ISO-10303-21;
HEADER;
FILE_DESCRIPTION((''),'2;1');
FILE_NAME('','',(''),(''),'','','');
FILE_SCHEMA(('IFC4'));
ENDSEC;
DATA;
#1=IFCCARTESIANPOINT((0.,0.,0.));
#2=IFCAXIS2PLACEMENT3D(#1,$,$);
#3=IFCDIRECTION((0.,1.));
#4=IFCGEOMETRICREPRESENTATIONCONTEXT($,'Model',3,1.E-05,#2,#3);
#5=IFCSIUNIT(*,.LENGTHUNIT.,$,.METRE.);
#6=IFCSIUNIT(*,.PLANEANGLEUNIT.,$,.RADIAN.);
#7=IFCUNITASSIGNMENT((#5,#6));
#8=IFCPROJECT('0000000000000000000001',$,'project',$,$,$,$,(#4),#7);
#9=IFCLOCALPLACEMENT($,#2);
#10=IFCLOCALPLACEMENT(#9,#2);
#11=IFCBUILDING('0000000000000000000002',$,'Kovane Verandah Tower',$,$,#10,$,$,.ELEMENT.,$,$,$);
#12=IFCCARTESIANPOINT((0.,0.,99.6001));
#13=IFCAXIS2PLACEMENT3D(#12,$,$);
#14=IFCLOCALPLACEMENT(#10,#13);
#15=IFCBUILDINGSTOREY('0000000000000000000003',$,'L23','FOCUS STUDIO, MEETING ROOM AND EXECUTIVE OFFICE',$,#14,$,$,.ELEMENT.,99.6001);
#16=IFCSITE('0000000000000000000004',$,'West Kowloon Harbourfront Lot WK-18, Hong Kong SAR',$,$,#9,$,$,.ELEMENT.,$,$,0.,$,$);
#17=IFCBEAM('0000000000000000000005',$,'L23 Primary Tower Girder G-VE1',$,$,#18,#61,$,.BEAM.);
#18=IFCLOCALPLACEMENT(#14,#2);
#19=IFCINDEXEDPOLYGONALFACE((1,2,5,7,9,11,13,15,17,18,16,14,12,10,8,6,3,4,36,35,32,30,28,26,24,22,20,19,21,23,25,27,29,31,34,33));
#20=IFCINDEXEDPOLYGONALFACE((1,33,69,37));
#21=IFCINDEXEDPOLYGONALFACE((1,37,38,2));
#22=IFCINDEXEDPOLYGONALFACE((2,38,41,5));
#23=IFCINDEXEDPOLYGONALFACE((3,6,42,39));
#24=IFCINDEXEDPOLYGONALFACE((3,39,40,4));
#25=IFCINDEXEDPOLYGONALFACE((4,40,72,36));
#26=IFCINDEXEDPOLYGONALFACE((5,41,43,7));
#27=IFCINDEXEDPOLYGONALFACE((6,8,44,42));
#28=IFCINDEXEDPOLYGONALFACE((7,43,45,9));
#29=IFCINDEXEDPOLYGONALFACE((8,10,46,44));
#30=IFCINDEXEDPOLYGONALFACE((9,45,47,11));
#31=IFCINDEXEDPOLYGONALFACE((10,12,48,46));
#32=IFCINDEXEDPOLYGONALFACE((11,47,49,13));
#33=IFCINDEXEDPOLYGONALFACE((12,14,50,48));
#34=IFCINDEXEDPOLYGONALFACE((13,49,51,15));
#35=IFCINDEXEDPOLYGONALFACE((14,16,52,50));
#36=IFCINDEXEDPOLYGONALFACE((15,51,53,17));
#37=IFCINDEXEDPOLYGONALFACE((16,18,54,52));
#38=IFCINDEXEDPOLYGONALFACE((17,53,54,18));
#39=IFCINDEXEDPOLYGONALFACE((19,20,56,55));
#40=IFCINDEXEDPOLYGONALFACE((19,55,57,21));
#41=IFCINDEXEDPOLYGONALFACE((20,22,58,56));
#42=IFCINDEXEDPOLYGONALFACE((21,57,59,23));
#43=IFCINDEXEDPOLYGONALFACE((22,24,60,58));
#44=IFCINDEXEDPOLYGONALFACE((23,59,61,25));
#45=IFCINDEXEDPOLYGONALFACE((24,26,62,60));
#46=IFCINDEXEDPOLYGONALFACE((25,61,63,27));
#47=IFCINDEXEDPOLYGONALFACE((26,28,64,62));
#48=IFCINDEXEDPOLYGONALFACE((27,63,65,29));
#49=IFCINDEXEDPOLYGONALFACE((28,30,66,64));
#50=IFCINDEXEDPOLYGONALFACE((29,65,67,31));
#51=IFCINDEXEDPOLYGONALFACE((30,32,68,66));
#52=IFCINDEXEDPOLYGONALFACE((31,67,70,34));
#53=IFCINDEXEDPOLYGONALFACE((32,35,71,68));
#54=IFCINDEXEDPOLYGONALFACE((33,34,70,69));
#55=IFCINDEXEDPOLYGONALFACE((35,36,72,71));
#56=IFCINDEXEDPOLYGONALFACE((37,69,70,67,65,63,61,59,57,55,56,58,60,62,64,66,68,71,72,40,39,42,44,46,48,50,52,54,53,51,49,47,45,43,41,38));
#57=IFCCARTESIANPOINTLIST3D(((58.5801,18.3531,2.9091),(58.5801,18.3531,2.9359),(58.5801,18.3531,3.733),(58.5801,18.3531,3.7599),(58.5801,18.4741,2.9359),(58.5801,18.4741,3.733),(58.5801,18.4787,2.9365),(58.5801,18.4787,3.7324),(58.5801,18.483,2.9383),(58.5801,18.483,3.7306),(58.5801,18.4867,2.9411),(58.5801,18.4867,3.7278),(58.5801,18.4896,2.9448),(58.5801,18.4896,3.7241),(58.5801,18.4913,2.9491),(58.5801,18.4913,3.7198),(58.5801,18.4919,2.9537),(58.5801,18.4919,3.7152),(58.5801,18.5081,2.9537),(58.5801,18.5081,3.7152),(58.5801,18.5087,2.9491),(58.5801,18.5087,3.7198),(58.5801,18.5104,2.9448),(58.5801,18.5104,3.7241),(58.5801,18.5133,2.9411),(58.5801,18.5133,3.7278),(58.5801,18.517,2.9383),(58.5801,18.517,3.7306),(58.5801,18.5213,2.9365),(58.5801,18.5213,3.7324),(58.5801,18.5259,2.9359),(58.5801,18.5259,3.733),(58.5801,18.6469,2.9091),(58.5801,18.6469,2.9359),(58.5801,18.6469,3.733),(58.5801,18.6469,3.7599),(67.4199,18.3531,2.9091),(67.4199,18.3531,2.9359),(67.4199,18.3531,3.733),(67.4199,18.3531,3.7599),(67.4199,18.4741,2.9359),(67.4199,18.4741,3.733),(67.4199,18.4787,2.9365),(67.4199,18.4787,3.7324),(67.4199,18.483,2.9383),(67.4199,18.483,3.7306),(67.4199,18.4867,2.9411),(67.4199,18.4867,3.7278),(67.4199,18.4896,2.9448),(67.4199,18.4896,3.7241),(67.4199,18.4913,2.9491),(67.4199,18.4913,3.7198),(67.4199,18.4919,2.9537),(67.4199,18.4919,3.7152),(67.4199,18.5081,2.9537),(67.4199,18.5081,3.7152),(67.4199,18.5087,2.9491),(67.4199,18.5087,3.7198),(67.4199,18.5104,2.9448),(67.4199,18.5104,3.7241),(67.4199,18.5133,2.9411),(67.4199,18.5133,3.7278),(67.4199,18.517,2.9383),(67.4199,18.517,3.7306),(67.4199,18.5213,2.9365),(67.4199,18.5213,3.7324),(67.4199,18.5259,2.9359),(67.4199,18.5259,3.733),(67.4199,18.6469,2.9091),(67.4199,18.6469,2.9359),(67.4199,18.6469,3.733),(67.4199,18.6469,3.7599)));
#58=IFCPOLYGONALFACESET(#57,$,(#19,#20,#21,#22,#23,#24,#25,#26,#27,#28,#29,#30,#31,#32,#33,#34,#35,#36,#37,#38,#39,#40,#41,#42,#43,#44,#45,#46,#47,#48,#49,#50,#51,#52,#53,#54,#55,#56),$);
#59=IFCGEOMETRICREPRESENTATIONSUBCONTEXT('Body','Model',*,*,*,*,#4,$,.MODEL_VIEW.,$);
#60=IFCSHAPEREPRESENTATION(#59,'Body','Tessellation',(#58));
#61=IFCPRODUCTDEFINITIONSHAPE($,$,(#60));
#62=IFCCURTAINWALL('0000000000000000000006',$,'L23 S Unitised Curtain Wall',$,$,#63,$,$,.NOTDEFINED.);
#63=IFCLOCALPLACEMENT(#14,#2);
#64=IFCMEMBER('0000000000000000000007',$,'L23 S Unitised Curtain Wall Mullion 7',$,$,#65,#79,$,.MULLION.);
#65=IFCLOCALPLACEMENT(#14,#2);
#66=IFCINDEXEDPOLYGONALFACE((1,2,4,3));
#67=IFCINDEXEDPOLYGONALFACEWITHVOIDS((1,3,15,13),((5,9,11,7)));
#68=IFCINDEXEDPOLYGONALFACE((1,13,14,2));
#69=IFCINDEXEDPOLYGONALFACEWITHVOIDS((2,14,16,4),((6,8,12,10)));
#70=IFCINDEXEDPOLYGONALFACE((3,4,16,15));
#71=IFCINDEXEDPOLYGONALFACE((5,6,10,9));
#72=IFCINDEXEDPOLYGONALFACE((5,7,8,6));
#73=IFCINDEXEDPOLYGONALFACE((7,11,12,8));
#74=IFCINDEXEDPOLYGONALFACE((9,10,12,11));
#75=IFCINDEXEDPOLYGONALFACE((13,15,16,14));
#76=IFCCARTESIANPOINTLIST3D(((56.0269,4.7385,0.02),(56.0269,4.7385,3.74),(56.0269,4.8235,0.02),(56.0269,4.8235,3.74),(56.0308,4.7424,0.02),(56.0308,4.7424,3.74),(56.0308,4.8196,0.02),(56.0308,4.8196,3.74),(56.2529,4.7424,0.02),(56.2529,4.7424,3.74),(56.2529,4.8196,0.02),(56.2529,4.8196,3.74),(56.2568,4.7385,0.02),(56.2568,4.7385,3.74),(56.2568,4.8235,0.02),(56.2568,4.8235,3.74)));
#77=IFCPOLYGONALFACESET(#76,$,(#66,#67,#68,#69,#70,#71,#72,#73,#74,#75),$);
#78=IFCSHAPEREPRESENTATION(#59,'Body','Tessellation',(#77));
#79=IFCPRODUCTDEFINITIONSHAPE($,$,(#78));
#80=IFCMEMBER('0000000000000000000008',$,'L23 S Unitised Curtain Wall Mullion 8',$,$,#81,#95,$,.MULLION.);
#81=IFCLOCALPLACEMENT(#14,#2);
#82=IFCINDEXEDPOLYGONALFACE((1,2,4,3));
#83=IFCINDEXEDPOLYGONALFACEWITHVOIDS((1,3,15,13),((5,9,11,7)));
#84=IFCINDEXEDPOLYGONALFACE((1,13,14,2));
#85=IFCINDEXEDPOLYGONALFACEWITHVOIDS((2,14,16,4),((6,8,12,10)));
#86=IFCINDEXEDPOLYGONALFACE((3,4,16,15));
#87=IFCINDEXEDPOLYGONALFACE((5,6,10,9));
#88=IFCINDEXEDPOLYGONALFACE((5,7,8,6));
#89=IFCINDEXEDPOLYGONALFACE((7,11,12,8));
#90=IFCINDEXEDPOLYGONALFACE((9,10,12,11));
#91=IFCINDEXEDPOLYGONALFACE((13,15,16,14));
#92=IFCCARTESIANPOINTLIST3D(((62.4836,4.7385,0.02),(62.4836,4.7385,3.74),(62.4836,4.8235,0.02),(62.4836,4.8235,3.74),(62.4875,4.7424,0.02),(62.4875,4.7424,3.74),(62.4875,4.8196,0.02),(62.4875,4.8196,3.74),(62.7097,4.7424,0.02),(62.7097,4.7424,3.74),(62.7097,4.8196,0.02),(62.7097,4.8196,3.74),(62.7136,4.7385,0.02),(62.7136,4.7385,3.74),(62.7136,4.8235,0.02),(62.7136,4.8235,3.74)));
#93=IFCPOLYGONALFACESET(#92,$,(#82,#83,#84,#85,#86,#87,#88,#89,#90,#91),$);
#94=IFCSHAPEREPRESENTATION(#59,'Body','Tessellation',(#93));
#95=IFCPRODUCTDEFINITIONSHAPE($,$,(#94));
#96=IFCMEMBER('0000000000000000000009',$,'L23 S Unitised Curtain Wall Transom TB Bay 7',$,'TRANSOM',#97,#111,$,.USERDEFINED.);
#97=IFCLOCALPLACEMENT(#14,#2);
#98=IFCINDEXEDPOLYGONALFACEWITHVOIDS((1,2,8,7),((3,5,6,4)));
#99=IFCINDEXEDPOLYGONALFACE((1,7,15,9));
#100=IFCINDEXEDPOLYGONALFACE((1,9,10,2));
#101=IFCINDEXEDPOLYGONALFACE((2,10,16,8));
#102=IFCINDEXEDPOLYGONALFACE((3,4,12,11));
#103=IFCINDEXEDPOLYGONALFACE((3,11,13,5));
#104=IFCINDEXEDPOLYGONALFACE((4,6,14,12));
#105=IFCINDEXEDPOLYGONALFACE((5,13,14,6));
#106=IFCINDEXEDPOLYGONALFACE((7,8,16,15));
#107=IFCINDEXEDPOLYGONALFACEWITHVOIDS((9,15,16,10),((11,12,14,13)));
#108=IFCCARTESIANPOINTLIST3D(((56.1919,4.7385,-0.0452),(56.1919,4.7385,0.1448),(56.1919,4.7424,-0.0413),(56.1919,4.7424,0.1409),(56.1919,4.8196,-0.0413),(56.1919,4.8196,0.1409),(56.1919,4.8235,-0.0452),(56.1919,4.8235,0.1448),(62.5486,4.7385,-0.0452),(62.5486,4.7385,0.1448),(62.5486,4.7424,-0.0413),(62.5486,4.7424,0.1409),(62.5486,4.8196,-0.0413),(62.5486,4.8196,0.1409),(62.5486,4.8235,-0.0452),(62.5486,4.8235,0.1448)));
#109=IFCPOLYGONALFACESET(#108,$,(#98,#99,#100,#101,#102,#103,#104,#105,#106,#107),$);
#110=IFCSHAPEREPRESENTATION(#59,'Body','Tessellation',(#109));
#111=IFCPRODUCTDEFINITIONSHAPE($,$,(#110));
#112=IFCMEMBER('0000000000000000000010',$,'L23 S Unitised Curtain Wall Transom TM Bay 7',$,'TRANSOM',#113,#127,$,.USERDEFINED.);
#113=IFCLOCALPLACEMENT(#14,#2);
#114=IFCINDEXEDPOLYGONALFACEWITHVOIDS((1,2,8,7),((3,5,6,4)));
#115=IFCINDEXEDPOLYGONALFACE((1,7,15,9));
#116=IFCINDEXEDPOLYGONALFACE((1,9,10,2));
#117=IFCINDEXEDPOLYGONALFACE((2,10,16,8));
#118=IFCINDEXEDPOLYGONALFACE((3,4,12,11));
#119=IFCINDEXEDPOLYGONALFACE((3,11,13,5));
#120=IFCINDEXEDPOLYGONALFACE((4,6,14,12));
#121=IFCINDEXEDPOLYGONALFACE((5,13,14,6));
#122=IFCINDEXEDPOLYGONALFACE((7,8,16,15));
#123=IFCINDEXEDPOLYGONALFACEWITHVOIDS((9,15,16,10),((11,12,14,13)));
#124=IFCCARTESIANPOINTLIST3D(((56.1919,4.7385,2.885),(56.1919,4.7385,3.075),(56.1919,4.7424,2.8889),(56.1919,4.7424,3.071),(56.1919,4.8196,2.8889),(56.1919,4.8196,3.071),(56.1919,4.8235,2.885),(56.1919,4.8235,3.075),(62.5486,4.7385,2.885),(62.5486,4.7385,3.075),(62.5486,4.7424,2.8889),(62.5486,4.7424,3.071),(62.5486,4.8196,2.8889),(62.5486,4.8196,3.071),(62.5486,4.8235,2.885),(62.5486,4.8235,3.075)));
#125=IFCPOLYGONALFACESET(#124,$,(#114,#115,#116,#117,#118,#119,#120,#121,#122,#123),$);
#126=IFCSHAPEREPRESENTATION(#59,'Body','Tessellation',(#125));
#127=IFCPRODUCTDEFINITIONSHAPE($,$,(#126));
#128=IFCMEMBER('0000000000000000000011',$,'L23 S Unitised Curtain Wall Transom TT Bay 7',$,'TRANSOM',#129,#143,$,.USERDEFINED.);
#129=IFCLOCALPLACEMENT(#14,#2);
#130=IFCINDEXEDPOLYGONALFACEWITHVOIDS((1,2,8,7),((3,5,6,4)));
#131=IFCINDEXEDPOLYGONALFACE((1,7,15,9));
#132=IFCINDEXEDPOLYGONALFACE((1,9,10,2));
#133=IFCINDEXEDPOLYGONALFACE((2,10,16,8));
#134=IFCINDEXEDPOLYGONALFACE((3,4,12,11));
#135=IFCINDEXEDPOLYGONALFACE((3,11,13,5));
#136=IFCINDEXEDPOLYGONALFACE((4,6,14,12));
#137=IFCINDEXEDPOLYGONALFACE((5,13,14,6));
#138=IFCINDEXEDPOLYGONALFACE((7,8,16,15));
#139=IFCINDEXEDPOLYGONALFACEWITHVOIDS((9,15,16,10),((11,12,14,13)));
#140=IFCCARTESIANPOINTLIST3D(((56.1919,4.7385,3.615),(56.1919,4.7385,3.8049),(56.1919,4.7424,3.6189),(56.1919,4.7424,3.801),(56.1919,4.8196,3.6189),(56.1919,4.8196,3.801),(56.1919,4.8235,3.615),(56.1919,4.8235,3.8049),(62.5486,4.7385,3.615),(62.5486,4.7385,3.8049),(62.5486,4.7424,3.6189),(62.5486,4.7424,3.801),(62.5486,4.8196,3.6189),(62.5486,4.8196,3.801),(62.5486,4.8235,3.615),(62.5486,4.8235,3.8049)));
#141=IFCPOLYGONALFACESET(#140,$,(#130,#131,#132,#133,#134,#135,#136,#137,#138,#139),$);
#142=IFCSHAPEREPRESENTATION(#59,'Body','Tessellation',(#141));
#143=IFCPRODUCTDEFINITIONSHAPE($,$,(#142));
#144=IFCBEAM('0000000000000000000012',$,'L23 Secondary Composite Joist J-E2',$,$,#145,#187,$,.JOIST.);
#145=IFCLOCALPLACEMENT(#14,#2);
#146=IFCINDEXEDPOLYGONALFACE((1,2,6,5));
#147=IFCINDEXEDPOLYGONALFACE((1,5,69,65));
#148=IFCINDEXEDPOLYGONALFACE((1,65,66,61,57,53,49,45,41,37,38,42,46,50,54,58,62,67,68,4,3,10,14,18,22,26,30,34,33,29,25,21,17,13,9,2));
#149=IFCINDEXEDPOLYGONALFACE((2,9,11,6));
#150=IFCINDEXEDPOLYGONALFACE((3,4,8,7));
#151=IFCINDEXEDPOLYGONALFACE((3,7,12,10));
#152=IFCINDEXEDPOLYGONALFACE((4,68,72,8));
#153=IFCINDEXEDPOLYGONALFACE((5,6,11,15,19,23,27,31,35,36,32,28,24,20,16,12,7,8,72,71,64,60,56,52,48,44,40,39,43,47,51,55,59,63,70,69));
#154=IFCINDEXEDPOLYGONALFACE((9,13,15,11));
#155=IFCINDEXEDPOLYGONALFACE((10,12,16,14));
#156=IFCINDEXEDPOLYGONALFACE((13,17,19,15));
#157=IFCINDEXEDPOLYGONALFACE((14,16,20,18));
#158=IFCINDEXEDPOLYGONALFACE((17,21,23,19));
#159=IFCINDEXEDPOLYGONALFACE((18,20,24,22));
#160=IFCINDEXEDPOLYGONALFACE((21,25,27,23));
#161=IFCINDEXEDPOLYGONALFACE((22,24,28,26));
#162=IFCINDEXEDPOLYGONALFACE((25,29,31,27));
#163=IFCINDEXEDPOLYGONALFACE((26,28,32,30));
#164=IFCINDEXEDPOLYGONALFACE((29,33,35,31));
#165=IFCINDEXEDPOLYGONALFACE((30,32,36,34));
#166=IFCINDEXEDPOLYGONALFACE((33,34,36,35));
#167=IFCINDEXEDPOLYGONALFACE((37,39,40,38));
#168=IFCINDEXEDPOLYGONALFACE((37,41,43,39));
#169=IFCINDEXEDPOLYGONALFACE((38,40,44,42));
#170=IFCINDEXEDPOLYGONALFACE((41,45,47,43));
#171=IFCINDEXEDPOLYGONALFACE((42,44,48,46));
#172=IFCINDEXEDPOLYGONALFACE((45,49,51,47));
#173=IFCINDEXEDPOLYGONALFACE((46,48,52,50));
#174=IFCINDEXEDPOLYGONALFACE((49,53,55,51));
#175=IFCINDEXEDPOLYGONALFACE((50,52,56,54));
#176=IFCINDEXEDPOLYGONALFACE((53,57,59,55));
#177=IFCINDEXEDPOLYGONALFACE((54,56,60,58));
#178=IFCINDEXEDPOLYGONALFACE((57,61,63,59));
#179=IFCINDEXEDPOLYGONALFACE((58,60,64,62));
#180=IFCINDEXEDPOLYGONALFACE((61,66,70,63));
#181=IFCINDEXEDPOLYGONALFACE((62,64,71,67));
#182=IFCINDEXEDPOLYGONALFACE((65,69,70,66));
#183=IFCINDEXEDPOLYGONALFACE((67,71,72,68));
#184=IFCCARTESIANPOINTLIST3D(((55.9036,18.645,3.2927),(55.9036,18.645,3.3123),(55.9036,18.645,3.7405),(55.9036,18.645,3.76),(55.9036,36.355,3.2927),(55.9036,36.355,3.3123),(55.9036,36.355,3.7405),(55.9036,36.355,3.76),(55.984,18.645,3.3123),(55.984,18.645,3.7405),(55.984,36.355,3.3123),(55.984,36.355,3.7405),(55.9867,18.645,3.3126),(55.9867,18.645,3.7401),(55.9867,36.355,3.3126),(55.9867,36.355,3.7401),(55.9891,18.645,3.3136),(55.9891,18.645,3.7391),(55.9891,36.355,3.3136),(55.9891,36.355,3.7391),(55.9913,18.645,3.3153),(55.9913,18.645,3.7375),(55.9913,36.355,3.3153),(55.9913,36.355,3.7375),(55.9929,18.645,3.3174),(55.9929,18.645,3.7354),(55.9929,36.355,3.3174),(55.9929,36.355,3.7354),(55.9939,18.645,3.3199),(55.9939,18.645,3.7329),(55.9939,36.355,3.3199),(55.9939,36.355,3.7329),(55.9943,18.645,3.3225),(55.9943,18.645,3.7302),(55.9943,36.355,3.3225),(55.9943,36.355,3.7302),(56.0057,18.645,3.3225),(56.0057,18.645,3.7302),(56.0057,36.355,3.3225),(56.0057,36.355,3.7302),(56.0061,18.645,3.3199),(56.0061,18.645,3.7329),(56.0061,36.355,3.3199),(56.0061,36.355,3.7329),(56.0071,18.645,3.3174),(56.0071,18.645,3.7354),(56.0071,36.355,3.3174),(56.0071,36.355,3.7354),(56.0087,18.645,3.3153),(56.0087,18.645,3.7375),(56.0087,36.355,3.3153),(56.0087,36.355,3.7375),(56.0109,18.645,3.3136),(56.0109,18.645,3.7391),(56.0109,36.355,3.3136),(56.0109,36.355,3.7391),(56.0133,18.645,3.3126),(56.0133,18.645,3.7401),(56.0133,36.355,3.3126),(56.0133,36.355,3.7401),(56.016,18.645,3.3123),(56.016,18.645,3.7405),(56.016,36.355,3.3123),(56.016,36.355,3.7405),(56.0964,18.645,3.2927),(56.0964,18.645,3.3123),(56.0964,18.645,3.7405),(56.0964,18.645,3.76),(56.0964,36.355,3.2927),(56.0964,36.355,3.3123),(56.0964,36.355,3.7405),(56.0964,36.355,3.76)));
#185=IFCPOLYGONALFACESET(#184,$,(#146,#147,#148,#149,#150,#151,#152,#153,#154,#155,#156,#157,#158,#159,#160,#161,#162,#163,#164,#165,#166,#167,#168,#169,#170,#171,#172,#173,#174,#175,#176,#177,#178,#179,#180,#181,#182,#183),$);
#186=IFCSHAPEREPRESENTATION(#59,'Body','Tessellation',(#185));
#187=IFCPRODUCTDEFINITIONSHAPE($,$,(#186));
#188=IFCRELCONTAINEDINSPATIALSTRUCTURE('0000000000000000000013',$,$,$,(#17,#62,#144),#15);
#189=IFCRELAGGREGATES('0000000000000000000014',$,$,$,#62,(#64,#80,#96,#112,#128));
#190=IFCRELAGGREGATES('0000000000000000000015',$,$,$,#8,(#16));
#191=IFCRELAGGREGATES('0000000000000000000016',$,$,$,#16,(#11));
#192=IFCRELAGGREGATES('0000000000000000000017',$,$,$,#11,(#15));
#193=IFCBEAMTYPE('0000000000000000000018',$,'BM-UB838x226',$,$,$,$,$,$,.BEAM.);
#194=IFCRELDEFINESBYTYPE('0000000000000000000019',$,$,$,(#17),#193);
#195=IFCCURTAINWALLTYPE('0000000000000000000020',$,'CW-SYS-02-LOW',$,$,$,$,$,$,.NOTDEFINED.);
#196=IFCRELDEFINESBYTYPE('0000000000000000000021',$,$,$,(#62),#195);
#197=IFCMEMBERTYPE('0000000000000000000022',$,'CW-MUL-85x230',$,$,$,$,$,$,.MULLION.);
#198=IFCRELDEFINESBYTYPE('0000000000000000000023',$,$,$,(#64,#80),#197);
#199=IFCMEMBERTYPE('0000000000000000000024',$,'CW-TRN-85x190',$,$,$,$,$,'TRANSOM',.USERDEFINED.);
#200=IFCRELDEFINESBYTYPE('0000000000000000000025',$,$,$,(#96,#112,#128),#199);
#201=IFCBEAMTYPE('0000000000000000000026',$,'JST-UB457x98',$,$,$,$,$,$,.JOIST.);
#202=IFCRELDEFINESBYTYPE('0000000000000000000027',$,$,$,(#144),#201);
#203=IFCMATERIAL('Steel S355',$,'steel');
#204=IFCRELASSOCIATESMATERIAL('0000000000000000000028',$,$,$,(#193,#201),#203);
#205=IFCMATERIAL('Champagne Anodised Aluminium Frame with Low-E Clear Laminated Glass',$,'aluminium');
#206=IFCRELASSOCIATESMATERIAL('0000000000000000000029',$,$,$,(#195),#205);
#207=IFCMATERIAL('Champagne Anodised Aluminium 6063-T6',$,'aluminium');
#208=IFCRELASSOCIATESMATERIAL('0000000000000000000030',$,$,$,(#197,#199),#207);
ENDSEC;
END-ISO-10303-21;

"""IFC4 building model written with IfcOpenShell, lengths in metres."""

from ifc_helpers import new_model, si_unit, direction, frame, origin, origin_2d, place, context, subcontext, project, spatial, hollow_rectangle, i_section, extrude, material, material_profile, profile_set, type_object, element, aggregate, save


model = new_model("IFC4")

# Units and contexts
model_context = context("Model", 3, precision=1e-05, world=origin(), true_north=direction((0.0, 1.0)))
body_context = subcontext(model_context, "Body", "Model", "MODEL_VIEW")
ifc_project = project(units=[si_unit("LENGTHUNIT", "METRE"), si_unit("PLANEANGLEUNIT", "RADIAN")], contexts=[model_context])

# Site, building, storey
site_placement = place(None, origin())
site = spatial("IfcSite", under=ifc_project, at=site_placement, Name="West Kowloon Harbourfront Lot WK-18, Hong Kong SAR", CompositionType="ELEMENT", RefElevation=0.0)
building_placement = place(site_placement, origin())
building = spatial("IfcBuilding", under=site, at=building_placement, Name="Kovane Verandah Tower", CompositionType="ELEMENT")
storey_placement = place(building_placement, frame((0.0, 0.0, 99.6001)))
storey = spatial("IfcBuildingStorey", under=building, at=storey_placement, Name="L23", Description="FOCUS STUDIO, MEETING ROOM AND EXECUTIVE OFFICE", CompositionType="ELEMENT", Elevation=99.6001)

# Beam
ifc_material_1 = material(Name="Steel S355", Category="steel")
ifc_material_profile_1 = material_profile(ifc_material_1, i_section(OverallWidth=0.2937, OverallDepth=0.8508, WebThickness=0.0161, FlangeThickness=0.0269, FilletRadius=0.0178, at=origin_2d()), Name="UB838x292x226")
ifc_profile_set_1 = profile_set([ifc_material_profile_1], Name="Steel S355")
beam_type_1 = type_object("IfcBeamType", Name="BM-UB838x226", PredefinedType="BEAM", material=ifc_profile_set_1)
beam_1_placement = place(storey_placement, frame((58.5801, 18.5, 3.3345), z_axis=(1.0, 0.0, 0.0), x_axis=(0.0, 1.0, 0.0)))
element("IfcBeam", 1, at=beam_1_placement, inside=storey, type_object=beam_type_1, Name="L23 Primary Tower Girder G-VE1", PredefinedType="BEAM", context=body_context, shape_type="SweptSolid", body=[
    extrude(i_section(OverallWidth=0.2937, OverallDepth=0.8508, WebThickness=0.0161, FlangeThickness=0.0269, FilletRadius=0.0178, at=origin_2d()), origin(), (0.0, 0.0, 1.0), 8.8398),
])

# Curtain wall, members
ifc_material_2 = material(Name="Champagne Anodised Aluminium Frame with Low-E Clear Laminated Glass", Category="aluminium")
curtain_wall_type = type_object("IfcCurtainWallType", Name="CW-SYS-02-LOW", PredefinedType="NOTDEFINED", material=ifc_material_2)
curtain_wall_placement = place(storey_placement, origin())
curtain_wall = element("IfcCurtainWall", 2, at=curtain_wall_placement, inside=storey, type_object=curtain_wall_type, Name="L23 S Unitised Curtain Wall", PredefinedType="NOTDEFINED")
ifc_material_3 = material(Name="Champagne Anodised Aluminium 6063-T6", Category="aluminium")
ifc_material_profile_2 = material_profile(ifc_material_3, hollow_rectangle(XDim=0.085, YDim=0.23, WallThickness=0.0039, at=origin_2d()), Name="AL85x230x4")
ifc_profile_set_2 = profile_set([ifc_material_profile_2], Name="Champagne Anodised Aluminium 6063-T6")
member_type_1 = type_object("IfcMemberType", Name="CW-MUL-85x230", PredefinedType="MULLION", material=ifc_profile_set_2)
member_1_placement = place(storey_placement, frame((56.1418, 4.781, 0.02), z_axis=(0.0, 0.0, 1.0), x_axis=(0.0, -1.0, 0.0)))
member_1 = element("IfcMember", 3, at=member_1_placement, type_object=member_type_1, Name="L23 S Unitised Curtain Wall Mullion 7", PredefinedType="MULLION", context=body_context, shape_type="SweptSolid", body=[
    extrude(hollow_rectangle(XDim=0.085, YDim=0.23, WallThickness=0.0039, at=origin_2d()), origin(), (0.0, 0.0, 1.0), 3.72),
])
member_2_placement = place(storey_placement, frame((62.5986, 4.781, 0.02), z_axis=(0.0, 0.0, 1.0), x_axis=(0.0, -1.0, 0.0)))
member_2 = element("IfcMember", 4, at=member_2_placement, type_object=member_type_1, Name="L23 S Unitised Curtain Wall Mullion 8", PredefinedType="MULLION", context=body_context, shape_type="SweptSolid", body=[
    extrude(hollow_rectangle(XDim=0.085, YDim=0.23, WallThickness=0.0039, at=origin_2d()), origin(), (0.0, 0.0, 1.0), 3.72),
])
ifc_material_profile_3 = material_profile(ifc_material_3, hollow_rectangle(XDim=0.085, YDim=0.1899, WallThickness=0.0039, at=origin_2d()), Name="AL85x190x4")
ifc_profile_set_3 = profile_set([ifc_material_profile_3], Name="Champagne Anodised Aluminium 6063-T6")
member_type_2 = type_object("IfcMemberType", Name="CW-TRN-85x190", ElementType="TRANSOM", PredefinedType="USERDEFINED", material=ifc_profile_set_3)
member_3_placement = place(storey_placement, frame((56.1919, 4.781, 0.0498), z_axis=(1.0, 0.0, 0.0), x_axis=(0.0, 1.0, 0.0)))
member_3 = element("IfcMember", 5, at=member_3_placement, type_object=member_type_2, Name="L23 S Unitised Curtain Wall Transom TB Bay 7", ObjectType="TRANSOM", PredefinedType="USERDEFINED", context=body_context, shape_type="SweptSolid", body=[
    extrude(hollow_rectangle(XDim=0.085, YDim=0.1899, WallThickness=0.0039, at=origin_2d()), origin(), (0.0, 0.0, 1.0), 6.3567),
])
member_4_placement = place(storey_placement, frame((56.1919, 4.781, 2.98), z_axis=(1.0, 0.0, 0.0), x_axis=(0.0, 1.0, 0.0)))
member_4 = element("IfcMember", 6, at=member_4_placement, type_object=member_type_2, Name="L23 S Unitised Curtain Wall Transom TM Bay 7", ObjectType="TRANSOM", PredefinedType="USERDEFINED", context=body_context, shape_type="SweptSolid", body=[
    extrude(hollow_rectangle(XDim=0.085, YDim=0.1899, WallThickness=0.0039, at=origin_2d()), origin(), (0.0, 0.0, 1.0), 6.3567),
])
member_5_placement = place(storey_placement, frame((56.1919, 4.781, 3.71), z_axis=(1.0, 0.0, 0.0), x_axis=(0.0, 1.0, 0.0)))
member_5 = element("IfcMember", 7, at=member_5_placement, type_object=member_type_2, Name="L23 S Unitised Curtain Wall Transom TT Bay 7", ObjectType="TRANSOM", PredefinedType="USERDEFINED", context=body_context, shape_type="SweptSolid", body=[
    extrude(hollow_rectangle(XDim=0.085, YDim=0.1899, WallThickness=0.0039, at=origin_2d()), origin(), (0.0, 0.0, 1.0), 6.3567),
])

# Beam
ifc_material_profile_4 = material_profile(ifc_material_1, i_section(OverallWidth=0.1929, OverallDepth=0.4673, WebThickness=0.0115, FlangeThickness=0.0195, FilletRadius=0.0103, at=origin_2d()), Name="UB457x191x98")
ifc_profile_set_4 = profile_set([ifc_material_profile_4], Name="Steel S355")
beam_type_2 = type_object("IfcBeamType", Name="JST-UB457x98", PredefinedType="JOIST", material=ifc_profile_set_4)
beam_2_placement = place(storey_placement, frame((56.0, 18.645, 3.5264), z_axis=(0.0, 1.0, 0.0), x_axis=(-1.0, 0.0, 0.0)))
element("IfcBeam", 8, at=beam_2_placement, inside=storey, type_object=beam_type_2, Name="L23 Secondary Composite Joist J-E2", PredefinedType="JOIST", context=body_context, shape_type="SweptSolid", body=[
    extrude(i_section(OverallWidth=0.1929, OverallDepth=0.4673, WebThickness=0.0115, FlangeThickness=0.0195, FilletRadius=0.0103, at=origin_2d()), origin(), (0.0, 0.0, 1.0), 17.71),
])

aggregate(curtain_wall, [member_1, member_2, member_3, member_4, member_5])

save(model, "model.ifc")
